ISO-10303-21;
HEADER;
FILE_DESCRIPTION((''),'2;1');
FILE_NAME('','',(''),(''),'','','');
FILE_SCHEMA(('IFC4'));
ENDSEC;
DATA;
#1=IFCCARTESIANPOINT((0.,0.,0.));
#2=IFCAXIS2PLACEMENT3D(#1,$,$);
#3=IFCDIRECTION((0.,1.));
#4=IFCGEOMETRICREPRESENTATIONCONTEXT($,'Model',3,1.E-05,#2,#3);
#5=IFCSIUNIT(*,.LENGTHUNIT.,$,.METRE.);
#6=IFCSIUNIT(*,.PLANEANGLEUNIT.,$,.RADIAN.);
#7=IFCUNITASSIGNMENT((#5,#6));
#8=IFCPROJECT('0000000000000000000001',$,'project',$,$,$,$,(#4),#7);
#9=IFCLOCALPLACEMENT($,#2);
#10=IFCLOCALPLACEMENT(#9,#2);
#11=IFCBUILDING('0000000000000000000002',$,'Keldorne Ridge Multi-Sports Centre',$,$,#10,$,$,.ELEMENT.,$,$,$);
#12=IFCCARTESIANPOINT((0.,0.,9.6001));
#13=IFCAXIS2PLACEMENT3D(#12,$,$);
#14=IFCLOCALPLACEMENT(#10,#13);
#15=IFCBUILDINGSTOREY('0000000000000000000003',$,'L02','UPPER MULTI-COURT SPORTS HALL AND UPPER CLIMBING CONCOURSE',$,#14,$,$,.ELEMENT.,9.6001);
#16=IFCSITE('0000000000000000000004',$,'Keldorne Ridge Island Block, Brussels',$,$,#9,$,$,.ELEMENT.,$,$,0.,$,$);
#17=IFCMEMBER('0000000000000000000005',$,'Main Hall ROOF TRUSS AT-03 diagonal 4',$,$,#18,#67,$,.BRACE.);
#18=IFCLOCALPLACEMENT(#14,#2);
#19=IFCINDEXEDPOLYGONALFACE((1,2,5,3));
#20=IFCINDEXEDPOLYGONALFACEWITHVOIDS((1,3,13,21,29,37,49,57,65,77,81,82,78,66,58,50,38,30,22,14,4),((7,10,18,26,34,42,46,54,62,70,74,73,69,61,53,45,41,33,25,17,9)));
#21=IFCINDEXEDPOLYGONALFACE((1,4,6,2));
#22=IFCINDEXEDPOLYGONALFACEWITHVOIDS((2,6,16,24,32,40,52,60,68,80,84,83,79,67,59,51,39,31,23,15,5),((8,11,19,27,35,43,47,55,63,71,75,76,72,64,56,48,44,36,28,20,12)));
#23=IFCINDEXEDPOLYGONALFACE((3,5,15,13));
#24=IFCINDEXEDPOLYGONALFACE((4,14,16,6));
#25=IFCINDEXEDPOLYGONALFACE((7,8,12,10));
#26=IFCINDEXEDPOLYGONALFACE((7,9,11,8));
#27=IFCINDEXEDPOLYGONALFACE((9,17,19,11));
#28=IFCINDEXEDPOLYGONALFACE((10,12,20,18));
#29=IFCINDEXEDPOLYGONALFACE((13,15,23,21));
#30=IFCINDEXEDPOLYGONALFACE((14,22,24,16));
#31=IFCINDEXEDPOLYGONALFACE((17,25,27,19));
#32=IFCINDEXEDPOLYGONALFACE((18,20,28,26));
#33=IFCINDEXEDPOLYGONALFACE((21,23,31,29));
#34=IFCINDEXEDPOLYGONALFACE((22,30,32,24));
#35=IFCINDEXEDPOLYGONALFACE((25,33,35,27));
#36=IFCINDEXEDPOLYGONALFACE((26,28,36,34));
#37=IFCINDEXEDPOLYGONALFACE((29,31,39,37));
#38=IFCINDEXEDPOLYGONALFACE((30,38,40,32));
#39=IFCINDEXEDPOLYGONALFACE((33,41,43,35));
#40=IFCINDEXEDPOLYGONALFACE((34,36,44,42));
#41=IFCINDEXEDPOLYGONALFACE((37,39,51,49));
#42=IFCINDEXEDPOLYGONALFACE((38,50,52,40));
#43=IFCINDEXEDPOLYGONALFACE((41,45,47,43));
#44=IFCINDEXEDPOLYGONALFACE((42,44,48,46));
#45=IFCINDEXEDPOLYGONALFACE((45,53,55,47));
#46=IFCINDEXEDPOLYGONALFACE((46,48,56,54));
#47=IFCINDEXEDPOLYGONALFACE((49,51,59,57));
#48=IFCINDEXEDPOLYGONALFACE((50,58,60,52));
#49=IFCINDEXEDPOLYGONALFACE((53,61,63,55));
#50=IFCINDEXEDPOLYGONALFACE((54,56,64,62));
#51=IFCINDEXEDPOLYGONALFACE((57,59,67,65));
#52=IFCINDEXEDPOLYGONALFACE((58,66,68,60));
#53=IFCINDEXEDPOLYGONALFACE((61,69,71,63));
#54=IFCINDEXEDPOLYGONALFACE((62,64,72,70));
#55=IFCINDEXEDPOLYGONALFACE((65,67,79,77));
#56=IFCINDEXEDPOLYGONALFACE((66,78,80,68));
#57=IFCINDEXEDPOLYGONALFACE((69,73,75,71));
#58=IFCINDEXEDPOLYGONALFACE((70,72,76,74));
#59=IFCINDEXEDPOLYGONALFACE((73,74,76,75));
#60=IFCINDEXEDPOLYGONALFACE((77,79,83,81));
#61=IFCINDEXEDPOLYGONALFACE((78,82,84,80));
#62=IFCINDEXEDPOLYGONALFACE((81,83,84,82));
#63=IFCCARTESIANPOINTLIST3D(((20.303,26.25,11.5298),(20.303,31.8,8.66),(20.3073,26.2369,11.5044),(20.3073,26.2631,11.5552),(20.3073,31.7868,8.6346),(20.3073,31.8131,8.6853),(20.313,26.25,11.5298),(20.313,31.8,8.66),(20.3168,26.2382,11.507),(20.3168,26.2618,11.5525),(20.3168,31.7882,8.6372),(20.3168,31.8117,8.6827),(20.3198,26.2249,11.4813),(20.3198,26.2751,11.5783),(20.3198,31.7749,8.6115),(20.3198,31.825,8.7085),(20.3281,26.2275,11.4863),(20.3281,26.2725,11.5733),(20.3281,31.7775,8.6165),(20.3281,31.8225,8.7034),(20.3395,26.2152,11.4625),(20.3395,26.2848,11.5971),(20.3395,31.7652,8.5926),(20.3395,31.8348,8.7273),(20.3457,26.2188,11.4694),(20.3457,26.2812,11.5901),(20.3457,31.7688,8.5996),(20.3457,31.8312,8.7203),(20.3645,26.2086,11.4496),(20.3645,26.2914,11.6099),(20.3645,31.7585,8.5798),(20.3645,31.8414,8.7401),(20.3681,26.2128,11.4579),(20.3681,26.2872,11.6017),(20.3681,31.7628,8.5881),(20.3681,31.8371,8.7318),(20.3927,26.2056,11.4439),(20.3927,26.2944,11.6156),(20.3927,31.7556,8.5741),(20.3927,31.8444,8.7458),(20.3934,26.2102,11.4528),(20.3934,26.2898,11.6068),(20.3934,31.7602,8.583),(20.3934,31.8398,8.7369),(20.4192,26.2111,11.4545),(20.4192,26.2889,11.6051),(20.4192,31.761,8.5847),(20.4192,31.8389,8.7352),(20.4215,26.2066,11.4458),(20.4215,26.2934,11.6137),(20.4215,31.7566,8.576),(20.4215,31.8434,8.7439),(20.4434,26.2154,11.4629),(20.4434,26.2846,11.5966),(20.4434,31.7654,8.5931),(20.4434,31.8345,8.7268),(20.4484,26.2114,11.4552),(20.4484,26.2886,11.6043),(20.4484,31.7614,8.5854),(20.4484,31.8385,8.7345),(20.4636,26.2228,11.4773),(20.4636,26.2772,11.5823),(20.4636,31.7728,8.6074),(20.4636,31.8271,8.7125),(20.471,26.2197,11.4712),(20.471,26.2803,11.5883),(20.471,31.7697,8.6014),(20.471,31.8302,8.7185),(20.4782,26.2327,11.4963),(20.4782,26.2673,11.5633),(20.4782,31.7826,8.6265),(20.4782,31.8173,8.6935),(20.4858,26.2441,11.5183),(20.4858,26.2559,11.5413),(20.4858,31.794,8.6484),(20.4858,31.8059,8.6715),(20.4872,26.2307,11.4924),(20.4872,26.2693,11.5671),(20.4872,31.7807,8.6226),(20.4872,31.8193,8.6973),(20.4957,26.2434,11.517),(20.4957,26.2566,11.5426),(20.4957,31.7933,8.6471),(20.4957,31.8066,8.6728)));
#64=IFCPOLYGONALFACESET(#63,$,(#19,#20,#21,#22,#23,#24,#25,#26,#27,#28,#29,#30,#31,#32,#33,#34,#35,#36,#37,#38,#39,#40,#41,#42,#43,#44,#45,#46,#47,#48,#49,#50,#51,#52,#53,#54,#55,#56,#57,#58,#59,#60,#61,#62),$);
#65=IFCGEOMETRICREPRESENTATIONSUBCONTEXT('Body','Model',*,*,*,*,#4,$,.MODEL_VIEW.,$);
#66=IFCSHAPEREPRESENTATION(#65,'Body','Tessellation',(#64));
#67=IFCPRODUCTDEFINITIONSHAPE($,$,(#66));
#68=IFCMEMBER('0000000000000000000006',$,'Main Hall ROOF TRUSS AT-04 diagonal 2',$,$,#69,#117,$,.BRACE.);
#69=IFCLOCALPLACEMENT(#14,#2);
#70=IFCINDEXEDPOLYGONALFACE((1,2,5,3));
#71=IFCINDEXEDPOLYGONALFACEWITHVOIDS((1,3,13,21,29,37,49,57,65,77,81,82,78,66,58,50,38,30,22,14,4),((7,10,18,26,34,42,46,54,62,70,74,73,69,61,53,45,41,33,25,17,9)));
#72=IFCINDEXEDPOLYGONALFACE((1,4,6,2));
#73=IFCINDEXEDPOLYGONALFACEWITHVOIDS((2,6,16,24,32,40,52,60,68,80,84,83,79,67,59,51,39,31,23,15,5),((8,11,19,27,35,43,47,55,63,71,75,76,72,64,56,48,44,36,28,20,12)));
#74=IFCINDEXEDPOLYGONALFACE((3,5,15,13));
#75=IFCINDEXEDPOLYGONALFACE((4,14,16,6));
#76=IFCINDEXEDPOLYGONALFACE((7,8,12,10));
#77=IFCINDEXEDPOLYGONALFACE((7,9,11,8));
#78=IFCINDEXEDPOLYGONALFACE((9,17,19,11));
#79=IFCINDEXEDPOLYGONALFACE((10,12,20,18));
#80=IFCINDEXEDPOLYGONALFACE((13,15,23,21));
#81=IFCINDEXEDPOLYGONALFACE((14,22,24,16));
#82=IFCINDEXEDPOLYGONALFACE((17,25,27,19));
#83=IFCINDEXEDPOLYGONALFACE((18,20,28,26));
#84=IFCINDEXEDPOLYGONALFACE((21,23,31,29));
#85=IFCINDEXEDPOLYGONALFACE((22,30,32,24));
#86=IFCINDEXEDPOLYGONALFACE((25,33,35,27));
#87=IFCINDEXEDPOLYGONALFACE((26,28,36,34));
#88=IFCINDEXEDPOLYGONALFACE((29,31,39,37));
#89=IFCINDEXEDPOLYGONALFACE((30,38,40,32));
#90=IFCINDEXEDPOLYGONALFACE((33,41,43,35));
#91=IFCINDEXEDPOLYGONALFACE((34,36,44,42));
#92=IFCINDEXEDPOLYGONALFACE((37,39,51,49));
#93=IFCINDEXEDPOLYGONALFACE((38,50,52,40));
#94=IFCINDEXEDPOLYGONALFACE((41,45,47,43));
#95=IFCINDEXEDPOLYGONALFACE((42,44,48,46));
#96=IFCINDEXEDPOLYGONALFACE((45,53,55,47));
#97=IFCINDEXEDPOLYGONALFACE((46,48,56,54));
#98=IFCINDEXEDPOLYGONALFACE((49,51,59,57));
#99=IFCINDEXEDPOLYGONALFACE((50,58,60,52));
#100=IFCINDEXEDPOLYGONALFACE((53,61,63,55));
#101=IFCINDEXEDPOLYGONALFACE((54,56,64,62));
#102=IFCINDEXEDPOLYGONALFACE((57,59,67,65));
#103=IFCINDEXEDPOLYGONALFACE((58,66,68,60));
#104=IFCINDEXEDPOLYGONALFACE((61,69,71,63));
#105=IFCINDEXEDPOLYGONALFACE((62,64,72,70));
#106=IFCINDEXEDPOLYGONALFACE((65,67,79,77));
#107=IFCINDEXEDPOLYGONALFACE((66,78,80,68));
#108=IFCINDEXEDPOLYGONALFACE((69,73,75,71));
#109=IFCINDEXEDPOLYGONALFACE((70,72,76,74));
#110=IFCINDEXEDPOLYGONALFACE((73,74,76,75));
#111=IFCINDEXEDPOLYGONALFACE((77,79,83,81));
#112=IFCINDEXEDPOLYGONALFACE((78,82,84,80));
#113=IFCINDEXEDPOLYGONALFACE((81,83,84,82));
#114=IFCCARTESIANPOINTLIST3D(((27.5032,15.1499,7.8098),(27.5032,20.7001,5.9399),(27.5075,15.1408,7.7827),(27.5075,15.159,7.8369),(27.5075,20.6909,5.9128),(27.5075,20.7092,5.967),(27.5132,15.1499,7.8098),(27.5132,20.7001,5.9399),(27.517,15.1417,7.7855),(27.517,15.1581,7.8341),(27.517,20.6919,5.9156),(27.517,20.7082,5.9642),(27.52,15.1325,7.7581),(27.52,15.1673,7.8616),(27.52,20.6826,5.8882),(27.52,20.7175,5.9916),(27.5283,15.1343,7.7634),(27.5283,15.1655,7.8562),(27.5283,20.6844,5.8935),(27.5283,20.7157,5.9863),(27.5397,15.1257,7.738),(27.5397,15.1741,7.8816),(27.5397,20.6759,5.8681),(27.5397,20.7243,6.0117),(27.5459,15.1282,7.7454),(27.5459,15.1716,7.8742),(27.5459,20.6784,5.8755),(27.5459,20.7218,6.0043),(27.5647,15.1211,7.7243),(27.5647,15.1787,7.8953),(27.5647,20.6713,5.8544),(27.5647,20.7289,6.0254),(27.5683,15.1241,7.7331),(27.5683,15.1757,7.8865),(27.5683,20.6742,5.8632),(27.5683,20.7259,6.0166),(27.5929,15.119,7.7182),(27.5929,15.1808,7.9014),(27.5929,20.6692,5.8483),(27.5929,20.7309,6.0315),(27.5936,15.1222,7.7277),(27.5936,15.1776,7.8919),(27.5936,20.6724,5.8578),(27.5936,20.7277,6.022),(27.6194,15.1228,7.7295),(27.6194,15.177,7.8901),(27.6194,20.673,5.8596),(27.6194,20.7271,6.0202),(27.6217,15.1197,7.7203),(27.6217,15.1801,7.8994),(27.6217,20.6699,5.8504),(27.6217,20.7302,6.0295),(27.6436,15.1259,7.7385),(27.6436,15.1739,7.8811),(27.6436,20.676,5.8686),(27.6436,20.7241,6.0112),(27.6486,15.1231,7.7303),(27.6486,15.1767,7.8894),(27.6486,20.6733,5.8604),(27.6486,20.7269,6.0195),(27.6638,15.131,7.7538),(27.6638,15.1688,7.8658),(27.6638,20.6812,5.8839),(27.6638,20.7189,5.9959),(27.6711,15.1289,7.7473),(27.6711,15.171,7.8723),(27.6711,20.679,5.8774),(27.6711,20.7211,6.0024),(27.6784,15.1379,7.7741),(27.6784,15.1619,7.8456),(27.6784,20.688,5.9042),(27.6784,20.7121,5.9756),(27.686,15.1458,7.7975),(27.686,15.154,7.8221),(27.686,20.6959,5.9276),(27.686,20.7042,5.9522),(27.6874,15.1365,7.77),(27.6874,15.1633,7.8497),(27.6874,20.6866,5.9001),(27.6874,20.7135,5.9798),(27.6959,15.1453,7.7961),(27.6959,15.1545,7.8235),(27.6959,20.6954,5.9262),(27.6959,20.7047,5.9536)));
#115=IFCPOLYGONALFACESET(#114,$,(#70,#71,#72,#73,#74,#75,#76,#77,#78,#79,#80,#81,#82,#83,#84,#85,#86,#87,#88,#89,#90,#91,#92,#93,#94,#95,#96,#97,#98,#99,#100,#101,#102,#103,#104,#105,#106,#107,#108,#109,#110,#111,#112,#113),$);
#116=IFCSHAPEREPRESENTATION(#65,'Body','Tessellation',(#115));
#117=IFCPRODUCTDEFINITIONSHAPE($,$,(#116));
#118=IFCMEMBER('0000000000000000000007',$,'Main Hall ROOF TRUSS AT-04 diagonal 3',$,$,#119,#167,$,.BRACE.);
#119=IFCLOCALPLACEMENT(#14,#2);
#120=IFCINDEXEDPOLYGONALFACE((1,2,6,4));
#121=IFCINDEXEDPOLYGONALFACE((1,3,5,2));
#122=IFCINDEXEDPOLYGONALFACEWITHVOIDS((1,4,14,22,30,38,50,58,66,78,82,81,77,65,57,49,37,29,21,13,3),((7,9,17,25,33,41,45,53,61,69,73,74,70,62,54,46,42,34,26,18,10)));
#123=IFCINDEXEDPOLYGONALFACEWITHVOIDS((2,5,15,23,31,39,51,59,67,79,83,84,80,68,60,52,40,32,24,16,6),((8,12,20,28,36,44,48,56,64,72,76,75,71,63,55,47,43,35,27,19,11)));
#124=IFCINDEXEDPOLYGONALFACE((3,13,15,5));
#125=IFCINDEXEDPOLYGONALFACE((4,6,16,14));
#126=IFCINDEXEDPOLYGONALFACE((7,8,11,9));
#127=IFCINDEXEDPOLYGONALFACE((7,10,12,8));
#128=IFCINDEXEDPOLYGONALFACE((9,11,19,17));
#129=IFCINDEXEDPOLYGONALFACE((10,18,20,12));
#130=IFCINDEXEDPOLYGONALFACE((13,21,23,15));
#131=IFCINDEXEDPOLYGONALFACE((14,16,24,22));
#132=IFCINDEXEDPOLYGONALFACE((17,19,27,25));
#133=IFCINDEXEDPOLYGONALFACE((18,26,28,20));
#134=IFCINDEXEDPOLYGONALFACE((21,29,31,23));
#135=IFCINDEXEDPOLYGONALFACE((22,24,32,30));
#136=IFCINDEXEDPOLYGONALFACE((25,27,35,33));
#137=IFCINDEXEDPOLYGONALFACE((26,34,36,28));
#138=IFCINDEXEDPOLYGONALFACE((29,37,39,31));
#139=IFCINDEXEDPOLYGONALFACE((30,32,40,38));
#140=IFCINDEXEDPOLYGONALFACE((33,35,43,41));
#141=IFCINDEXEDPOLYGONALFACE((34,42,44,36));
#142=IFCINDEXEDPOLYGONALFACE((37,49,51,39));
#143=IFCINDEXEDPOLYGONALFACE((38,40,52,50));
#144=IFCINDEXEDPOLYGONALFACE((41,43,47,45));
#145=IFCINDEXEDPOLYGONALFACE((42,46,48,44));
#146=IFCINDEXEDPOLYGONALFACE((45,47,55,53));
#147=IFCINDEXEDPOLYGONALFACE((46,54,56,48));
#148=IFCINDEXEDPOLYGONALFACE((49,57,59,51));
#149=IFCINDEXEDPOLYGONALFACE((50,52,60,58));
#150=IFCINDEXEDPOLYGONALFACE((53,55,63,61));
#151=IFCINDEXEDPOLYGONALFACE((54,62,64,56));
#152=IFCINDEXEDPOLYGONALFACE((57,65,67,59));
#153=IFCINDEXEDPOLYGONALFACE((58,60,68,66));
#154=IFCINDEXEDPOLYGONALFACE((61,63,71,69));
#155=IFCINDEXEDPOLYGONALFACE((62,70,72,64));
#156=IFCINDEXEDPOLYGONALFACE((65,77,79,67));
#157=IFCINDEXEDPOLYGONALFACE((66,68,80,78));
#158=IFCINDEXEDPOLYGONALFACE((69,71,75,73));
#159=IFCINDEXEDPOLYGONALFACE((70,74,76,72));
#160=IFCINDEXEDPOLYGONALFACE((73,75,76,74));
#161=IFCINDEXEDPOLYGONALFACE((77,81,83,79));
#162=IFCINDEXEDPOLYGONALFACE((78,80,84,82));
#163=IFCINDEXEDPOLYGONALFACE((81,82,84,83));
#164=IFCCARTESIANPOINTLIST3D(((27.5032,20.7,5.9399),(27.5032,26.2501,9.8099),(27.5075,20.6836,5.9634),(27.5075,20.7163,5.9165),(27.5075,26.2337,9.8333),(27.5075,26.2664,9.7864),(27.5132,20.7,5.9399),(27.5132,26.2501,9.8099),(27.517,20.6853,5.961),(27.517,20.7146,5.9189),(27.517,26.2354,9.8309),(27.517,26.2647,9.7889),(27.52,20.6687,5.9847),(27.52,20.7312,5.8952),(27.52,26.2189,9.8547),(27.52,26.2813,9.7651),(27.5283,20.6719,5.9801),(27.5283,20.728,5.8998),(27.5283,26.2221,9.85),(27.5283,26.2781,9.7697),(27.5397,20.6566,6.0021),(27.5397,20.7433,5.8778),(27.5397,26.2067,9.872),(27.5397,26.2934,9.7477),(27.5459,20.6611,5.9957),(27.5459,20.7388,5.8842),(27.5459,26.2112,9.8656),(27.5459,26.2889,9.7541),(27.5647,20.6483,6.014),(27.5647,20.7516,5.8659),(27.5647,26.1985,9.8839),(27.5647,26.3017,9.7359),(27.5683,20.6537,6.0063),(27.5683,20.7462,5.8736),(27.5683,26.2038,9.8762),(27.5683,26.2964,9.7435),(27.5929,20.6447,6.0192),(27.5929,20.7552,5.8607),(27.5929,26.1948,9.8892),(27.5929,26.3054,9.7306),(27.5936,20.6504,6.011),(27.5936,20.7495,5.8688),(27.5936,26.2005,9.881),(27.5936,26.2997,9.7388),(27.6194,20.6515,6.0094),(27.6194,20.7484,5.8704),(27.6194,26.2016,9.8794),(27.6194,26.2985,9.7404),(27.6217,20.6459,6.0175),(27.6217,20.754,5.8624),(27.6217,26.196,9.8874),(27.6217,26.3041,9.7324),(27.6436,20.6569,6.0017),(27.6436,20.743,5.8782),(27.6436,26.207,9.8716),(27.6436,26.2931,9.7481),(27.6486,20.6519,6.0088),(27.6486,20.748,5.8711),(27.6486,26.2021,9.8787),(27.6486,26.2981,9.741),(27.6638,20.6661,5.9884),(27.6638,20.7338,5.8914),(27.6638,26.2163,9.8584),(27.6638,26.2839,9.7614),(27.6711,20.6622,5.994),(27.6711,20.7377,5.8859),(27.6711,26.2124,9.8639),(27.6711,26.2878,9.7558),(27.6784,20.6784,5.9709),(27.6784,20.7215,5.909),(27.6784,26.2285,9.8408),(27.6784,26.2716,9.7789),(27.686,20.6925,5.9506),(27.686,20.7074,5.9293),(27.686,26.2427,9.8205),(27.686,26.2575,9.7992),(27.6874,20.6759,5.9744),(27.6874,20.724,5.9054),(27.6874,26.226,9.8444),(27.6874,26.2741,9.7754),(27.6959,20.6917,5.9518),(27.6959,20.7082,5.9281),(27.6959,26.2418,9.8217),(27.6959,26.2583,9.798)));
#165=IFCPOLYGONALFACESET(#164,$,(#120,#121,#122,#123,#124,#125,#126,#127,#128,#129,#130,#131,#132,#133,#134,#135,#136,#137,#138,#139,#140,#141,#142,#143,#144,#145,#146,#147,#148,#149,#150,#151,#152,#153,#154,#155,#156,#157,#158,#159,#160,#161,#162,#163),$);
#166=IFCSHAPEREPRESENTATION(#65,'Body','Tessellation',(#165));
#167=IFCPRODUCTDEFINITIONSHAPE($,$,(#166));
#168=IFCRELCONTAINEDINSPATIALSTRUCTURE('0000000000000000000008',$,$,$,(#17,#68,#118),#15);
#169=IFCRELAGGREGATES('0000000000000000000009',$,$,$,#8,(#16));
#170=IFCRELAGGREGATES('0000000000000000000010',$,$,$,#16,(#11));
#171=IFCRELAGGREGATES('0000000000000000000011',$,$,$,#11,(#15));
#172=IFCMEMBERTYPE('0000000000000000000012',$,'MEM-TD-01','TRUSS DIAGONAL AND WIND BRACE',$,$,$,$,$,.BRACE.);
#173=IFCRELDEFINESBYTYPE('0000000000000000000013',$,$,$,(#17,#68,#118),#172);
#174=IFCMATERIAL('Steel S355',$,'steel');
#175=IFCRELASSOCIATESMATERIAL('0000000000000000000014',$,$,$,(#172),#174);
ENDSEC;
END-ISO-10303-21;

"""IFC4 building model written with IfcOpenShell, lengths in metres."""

from ifc_helpers import new_model, si_unit, direction, frame, origin, origin_2d, place, context, subcontext, project, spatial, hollow_circle, extrude, material, material_profile, profile_set, type_object, element, save


model = new_model("IFC4")

# Units and contexts
model_context = context("Model", 3, precision=1e-05, world=origin(), true_north=direction((0.0, 1.0)))
body_context = subcontext(model_context, "Body", "Model", "MODEL_VIEW")
ifc_project = project(units=[si_unit("LENGTHUNIT", "METRE"), si_unit("PLANEANGLEUNIT", "RADIAN")], contexts=[model_context])

# Site, building, storey
site_placement = place(None, origin())
site = spatial("IfcSite", under=ifc_project, at=site_placement, Name="Keldorne Ridge Island Block, Brussels", CompositionType="ELEMENT", RefElevation=0.0)
building_placement = place(site_placement, origin())
building = spatial("IfcBuilding", under=site, at=building_placement, Name="Keldorne Ridge Multi-Sports Centre", CompositionType="ELEMENT")
storey_placement = place(building_placement, frame((0.0, 0.0, 9.6001)))
storey = spatial("IfcBuildingStorey", under=building, at=storey_placement, Name="L02", Description="UPPER MULTI-COURT SPORTS HALL AND UPPER CLIMBING CONCOURSE", CompositionType="ELEMENT", Elevation=9.6001)

# Members
ifc_material_1 = material(Name="Steel S355", Category="steel")
ifc_material_profile_1 = material_profile(ifc_material_1, hollow_circle(Radius=0.0969, WallThickness=0.01, at=origin_2d()), Name="CHS 193.7x10")
ifc_profile_set_1 = profile_set([ifc_material_profile_1], Name="Steel S355")
member_type_1 = type_object("IfcMemberType", Name="MEM-TD-01", Description="TRUSS DIAGONAL AND WIND BRACE", PredefinedType="BRACE", material=ifc_profile_set_1)
member_1_placement = place(storey_placement, frame((20.3999, 26.25, 11.5298), z_axis=(0.0, 0.888273, -0.459317), x_axis=(-1.0, 0.0, 0.0)))
element("IfcMember", 1, at=member_1_placement, inside=storey, type_object=member_type_1, Name="Main Hall ROOF TRUSS AT-03 diagonal 4", PredefinedType="BRACE", context=body_context, shape_type="SweptSolid", body=[
    extrude(hollow_circle(Radius=0.0969, WallThickness=0.01, at=origin_2d()), origin(), (0.0, 0.0, 1.0), 6.248),
])
member_2_placement = place(storey_placement, frame((27.6001, 15.1499, 7.8098), z_axis=(0.0, 0.947661, -0.319278), x_axis=(-1.0, 0.0, 0.0)))
element("IfcMember", 2, at=member_2_placement, inside=storey, type_object=member_type_1, Name="Main Hall ROOF TRUSS AT-04 diagonal 2", PredefinedType="BRACE", context=body_context, shape_type="SweptSolid", body=[
    extrude(hollow_circle(Radius=0.0969, WallThickness=0.01, at=origin_2d()), origin(), (0.0, 0.0, 1.0), 5.8567),
])
member_3_placement = place(storey_placement, frame((27.6001, 20.7, 5.9399), z_axis=(0.0, 0.820283, 0.571958), x_axis=(-1.0, 0.0, 0.0)))
element("IfcMember", 3, at=member_3_placement, inside=storey, type_object=member_type_1, Name="Main Hall ROOF TRUSS AT-04 diagonal 3", PredefinedType="BRACE", context=body_context, shape_type="SweptSolid", body=[
    extrude(hollow_circle(Radius=0.0969, WallThickness=0.01, at=origin_2d()), origin(), (0.0, 0.0, 1.0), 6.7661),
])

save(model, "model.ifc")
